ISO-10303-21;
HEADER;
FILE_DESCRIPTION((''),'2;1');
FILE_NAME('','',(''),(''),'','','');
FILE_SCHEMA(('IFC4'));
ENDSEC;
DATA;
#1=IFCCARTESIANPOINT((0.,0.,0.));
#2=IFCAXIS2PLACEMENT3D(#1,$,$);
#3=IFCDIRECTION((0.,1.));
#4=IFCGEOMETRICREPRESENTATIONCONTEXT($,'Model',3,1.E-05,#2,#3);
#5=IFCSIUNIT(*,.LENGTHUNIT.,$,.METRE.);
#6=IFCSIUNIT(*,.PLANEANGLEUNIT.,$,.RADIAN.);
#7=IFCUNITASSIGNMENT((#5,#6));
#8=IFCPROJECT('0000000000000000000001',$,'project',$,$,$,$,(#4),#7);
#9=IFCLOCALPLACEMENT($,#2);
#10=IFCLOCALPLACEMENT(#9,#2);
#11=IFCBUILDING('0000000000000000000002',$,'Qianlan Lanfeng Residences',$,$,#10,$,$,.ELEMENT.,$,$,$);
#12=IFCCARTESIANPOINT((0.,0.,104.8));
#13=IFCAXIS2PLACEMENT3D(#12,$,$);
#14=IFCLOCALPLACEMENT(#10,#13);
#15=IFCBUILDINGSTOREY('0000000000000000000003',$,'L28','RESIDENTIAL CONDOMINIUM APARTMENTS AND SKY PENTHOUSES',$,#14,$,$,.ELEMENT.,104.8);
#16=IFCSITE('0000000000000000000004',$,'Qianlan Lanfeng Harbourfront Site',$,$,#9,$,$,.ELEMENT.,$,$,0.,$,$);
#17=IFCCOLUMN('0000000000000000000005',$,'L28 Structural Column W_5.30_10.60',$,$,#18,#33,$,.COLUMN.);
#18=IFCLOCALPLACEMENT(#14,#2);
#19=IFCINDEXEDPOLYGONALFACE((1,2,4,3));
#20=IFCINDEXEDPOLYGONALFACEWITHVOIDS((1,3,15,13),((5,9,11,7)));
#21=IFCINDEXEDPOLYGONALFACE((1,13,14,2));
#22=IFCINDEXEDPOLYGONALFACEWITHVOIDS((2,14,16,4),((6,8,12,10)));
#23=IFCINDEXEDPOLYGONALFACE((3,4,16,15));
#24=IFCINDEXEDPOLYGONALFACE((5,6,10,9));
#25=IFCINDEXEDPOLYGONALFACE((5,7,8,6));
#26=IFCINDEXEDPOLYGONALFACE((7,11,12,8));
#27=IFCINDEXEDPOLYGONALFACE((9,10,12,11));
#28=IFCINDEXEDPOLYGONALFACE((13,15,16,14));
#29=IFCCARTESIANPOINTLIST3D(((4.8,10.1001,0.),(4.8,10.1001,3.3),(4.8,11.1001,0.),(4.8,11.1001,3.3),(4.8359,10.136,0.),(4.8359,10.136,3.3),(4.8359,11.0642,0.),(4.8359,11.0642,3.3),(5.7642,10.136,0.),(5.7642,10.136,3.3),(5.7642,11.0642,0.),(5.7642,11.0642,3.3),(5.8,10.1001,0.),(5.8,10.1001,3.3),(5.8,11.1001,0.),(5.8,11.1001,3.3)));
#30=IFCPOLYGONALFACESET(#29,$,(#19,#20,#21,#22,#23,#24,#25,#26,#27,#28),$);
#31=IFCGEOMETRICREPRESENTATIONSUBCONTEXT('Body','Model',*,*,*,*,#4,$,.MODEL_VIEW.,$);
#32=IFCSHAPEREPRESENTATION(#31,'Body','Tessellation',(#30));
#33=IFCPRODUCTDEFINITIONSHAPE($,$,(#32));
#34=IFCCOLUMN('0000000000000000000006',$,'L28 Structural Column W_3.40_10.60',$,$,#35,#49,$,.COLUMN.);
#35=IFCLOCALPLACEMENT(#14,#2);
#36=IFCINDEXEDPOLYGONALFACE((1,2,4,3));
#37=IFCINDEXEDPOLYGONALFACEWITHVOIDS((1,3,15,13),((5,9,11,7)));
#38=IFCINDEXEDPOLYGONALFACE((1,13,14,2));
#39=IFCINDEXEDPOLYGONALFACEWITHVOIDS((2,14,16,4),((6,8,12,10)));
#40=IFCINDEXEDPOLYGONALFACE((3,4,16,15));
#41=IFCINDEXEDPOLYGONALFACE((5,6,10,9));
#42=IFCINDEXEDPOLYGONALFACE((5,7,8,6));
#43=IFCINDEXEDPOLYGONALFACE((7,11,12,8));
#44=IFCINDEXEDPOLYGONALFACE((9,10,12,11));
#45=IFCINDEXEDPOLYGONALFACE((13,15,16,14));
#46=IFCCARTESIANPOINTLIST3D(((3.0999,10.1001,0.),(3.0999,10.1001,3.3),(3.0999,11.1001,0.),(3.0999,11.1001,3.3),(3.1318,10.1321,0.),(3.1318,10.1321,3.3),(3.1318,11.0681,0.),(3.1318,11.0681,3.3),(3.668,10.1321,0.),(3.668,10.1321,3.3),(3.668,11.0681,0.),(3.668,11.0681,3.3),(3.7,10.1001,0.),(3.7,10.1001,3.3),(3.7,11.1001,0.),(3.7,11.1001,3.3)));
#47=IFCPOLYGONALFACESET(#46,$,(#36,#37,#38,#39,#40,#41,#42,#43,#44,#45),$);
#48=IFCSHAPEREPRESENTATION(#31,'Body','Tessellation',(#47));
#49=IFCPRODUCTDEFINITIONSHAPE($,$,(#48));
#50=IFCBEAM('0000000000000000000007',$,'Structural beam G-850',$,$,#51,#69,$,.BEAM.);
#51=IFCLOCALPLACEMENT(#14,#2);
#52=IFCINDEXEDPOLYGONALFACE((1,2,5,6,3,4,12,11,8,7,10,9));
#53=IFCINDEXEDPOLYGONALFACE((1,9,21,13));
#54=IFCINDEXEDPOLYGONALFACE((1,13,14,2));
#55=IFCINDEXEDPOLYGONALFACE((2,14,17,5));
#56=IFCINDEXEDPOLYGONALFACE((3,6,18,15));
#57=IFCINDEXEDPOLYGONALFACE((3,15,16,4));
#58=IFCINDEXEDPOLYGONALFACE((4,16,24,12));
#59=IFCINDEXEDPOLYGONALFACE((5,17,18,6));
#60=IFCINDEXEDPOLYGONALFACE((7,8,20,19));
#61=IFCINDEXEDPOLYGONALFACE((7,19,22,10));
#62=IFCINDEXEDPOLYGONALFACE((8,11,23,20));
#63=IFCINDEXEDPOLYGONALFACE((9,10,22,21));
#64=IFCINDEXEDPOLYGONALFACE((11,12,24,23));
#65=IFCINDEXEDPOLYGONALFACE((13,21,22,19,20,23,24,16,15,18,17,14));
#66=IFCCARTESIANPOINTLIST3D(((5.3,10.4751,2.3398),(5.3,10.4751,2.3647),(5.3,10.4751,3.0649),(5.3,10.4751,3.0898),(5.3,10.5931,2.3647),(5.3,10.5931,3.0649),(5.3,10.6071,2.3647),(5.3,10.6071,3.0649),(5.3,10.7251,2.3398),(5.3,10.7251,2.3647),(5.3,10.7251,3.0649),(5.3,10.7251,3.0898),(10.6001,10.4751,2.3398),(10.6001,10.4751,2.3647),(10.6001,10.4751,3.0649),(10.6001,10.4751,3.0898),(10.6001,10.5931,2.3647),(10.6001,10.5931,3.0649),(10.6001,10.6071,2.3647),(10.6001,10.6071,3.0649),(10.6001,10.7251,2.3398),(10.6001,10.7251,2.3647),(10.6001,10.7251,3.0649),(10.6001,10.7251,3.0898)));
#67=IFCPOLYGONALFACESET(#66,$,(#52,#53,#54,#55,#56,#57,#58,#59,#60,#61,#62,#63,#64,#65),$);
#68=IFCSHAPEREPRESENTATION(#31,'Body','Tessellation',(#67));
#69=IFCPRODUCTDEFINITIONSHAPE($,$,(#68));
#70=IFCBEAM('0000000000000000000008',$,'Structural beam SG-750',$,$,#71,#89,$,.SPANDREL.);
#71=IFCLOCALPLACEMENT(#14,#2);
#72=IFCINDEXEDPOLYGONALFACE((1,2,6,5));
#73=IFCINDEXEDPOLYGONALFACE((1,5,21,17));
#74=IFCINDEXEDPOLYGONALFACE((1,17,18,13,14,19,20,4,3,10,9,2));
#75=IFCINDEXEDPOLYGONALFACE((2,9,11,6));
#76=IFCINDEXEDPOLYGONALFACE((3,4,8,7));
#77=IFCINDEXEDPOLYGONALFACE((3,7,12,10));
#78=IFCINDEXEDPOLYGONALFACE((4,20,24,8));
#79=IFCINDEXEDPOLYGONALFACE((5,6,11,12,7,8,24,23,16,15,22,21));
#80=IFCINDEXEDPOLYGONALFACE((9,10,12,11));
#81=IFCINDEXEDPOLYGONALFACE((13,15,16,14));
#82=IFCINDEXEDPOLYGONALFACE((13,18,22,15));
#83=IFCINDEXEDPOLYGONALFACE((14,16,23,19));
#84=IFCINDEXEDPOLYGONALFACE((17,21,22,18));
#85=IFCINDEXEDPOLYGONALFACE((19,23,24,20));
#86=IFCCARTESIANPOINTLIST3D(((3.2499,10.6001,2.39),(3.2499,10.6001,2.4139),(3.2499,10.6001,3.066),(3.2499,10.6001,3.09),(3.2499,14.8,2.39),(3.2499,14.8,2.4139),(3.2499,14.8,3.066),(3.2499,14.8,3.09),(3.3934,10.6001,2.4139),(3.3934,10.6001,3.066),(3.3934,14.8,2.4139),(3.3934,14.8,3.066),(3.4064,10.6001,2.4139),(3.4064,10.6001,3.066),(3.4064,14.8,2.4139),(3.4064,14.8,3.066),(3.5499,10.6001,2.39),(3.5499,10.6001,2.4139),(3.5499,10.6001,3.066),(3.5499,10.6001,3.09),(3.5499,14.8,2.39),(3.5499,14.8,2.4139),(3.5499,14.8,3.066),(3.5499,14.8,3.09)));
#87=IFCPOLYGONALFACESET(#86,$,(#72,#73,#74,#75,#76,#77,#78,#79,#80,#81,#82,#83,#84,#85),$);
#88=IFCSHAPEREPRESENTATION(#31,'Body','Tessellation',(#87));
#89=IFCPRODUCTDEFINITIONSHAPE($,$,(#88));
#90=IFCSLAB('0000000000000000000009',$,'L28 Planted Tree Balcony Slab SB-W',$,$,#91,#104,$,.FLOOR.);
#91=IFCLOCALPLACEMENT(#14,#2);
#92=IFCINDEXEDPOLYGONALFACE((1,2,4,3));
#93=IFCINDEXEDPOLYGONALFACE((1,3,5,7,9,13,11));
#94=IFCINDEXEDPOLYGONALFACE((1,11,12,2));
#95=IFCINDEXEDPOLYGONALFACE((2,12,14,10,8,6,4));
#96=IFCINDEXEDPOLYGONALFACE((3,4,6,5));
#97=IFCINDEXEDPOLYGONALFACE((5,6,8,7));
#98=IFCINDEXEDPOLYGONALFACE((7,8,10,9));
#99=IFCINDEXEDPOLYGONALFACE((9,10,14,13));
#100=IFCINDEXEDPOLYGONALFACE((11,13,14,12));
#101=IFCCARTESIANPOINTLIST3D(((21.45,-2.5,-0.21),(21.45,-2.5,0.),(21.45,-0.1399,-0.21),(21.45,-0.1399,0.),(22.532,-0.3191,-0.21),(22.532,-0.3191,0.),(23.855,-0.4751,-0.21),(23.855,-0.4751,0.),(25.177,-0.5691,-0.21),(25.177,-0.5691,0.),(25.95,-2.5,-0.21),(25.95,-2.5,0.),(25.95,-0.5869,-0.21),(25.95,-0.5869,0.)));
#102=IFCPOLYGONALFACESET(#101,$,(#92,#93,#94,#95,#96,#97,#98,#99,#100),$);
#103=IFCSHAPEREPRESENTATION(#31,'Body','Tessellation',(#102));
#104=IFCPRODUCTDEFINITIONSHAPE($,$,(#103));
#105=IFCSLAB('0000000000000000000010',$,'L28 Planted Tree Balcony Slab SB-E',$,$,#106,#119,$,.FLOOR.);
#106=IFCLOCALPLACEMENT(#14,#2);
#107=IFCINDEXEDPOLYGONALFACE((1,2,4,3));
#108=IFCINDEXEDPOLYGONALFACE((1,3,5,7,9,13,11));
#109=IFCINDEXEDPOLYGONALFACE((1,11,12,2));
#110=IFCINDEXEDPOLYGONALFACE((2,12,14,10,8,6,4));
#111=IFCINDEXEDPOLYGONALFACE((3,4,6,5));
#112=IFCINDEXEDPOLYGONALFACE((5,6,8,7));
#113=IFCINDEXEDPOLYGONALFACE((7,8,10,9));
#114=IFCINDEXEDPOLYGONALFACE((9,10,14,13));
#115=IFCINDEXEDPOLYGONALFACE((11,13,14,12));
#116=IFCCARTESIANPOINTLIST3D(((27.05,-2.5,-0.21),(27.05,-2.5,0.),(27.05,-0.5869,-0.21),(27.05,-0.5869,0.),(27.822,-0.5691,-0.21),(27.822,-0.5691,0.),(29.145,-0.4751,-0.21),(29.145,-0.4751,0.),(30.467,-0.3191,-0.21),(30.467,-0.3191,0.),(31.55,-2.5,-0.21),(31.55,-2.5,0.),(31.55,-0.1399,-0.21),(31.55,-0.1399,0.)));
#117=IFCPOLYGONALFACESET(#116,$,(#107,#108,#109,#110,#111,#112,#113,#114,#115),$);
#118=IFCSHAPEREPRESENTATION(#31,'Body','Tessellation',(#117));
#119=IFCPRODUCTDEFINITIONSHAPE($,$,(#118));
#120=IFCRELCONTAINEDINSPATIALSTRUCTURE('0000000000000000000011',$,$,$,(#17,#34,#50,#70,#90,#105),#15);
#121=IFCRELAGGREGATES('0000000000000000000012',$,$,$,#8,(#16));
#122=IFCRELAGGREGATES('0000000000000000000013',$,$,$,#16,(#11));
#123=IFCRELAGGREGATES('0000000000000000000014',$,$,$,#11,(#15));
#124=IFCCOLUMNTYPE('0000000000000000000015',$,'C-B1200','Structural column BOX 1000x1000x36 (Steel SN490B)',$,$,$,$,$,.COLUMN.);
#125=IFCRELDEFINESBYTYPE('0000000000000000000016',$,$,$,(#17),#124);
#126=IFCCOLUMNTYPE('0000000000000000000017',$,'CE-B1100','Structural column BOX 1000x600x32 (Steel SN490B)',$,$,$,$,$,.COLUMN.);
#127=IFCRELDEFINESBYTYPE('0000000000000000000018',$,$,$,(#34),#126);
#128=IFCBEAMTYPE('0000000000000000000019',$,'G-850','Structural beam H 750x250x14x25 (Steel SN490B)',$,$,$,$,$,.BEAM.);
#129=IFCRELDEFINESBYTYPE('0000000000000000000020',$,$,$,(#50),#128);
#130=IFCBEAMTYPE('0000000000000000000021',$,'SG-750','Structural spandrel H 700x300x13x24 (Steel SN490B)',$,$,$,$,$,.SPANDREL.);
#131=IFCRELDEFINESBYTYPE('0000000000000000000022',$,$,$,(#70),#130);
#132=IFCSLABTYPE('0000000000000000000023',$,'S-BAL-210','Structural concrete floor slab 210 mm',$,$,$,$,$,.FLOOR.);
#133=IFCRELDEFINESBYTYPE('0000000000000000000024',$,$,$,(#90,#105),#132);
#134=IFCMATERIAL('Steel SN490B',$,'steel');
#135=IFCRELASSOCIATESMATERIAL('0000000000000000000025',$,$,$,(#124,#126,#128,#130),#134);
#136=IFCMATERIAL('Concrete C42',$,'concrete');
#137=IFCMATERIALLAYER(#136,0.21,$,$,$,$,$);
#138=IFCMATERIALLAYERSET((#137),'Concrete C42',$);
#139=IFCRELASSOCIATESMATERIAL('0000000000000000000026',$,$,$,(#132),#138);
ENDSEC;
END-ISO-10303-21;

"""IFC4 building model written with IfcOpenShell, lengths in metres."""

from ifc_helpers import new_model, si_unit, direction, frame, origin, origin_2d, place, context, subcontext, project, spatial, polyline, hollow_rectangle, i_section, outline, extrude, material, layer, layer_set, material_profile, profile_set, type_object, element, save


model = new_model("IFC4")

# Units and contexts
model_context = context("Model", 3, precision=1e-05, world=origin(), true_north=direction((0.0, 1.0)))
body_context = subcontext(model_context, "Body", "Model", "MODEL_VIEW")
ifc_project = project(units=[si_unit("LENGTHUNIT", "METRE"), si_unit("PLANEANGLEUNIT", "RADIAN")], contexts=[model_context])

# Site, building, storey
site_placement = place(None, origin())
site = spatial("IfcSite", under=ifc_project, at=site_placement, Name="Qianlan Lanfeng Harbourfront Site", CompositionType="ELEMENT", RefElevation=0.0)
building_placement = place(site_placement, origin())
building = spatial("IfcBuilding", under=site, at=building_placement, Name="Qianlan Lanfeng Residences", CompositionType="ELEMENT")
storey_placement = place(building_placement, frame((0.0, 0.0, 104.8)))
storey = spatial("IfcBuildingStorey", under=building, at=storey_placement, Name="L28", Description="RESIDENTIAL CONDOMINIUM APARTMENTS AND SKY PENTHOUSES", CompositionType="ELEMENT", Elevation=104.8)

# Columns
ifc_material_1 = material(Name="Steel SN490B", Category="steel")
ifc_material_profile_1 = material_profile(ifc_material_1, hollow_rectangle(XDim=1.0, YDim=1.0, WallThickness=0.0359, at=origin_2d()), Name="BOX 1000x1000x36")
ifc_profile_set_1 = profile_set([ifc_material_profile_1], Name="Steel SN490B")
column_type_1 = type_object("IfcColumnType", Name="C-B1200", Description="Structural column BOX 1000x1000x36 (Steel SN490B)", PredefinedType="COLUMN", material=ifc_profile_set_1)
column_1_placement = place(storey_placement, frame((5.3, 10.6001, 0.0), z_axis=(0.0, 0.0, 1.0), x_axis=(1.0, 0.0, 0.0)))
element("IfcColumn", 1, at=column_1_placement, inside=storey, type_object=column_type_1, Name="L28 Structural Column W_5.30_10.60", PredefinedType="COLUMN", context=body_context, shape_type="SweptSolid", body=[
    extrude(hollow_rectangle(XDim=1.0, YDim=1.0, WallThickness=0.0359, at=origin_2d()), origin(), (0.0, 0.0, 1.0), 3.3),
])
ifc_material_profile_2 = material_profile(ifc_material_1, hollow_rectangle(XDim=0.6001, YDim=1.0, WallThickness=0.032, at=origin_2d()), Name="BOX 1000x600x32")
ifc_profile_set_2 = profile_set([ifc_material_profile_2], Name="Steel SN490B")
column_type_2 = type_object("IfcColumnType", Name="CE-B1100", Description="Structural column BOX 1000x600x32 (Steel SN490B)", PredefinedType="COLUMN", material=ifc_profile_set_2)
column_2_placement = place(storey_placement, frame((3.3999, 10.6001, 0.0), z_axis=(0.0, 0.0, 1.0), x_axis=(1.0, 0.0, 0.0)))
element("IfcColumn", 2, at=column_2_placement, inside=storey, type_object=column_type_2, Name="L28 Structural Column W_3.40_10.60", PredefinedType="COLUMN", context=body_context, shape_type="SweptSolid", body=[
    extrude(hollow_rectangle(XDim=0.6001, YDim=1.0, WallThickness=0.032, at=origin_2d()), origin(), (0.0, 0.0, 1.0), 3.3),
])

# Beams
ifc_material_profile_3 = material_profile(ifc_material_1, i_section(OverallWidth=0.25, OverallDepth=0.75, WebThickness=0.0139, FlangeThickness=0.0249, at=origin_2d()), Name="H 750x250x14x25")
ifc_profile_set_3 = profile_set([ifc_material_profile_3], Name="Steel SN490B")
beam_type_1 = type_object("IfcBeamType", Name="G-850", Description="Structural beam H 750x250x14x25 (Steel SN490B)", PredefinedType="BEAM", material=ifc_profile_set_3)
beam_1_placement = place(storey_placement, frame((5.3, 10.6001, 2.7148), z_axis=(1.0, 0.0, 0.0), x_axis=(0.0, 1.0, 0.0)))
element("IfcBeam", 3, at=beam_1_placement, inside=storey, type_object=beam_type_1, Name="Structural beam G-850", PredefinedType="BEAM", context=body_context, shape_type="SweptSolid", body=[
    extrude(i_section(OverallWidth=0.25, OverallDepth=0.75, WebThickness=0.0139, FlangeThickness=0.0249, at=origin_2d()), origin(), (0.0, 0.0, 1.0), 5.3),
])
ifc_material_profile_4 = material_profile(ifc_material_1, i_section(OverallWidth=0.3, OverallDepth=0.7, WebThickness=0.0129, FlangeThickness=0.0239, at=origin_2d()), Name="H 700x300x13x24")
ifc_profile_set_4 = profile_set([ifc_material_profile_4], Name="Steel SN490B")
beam_type_2 = type_object("IfcBeamType", Name="SG-750", Description="Structural spandrel H 700x300x13x24 (Steel SN490B)", PredefinedType="SPANDREL", material=ifc_profile_set_4)
beam_2_placement = place(storey_placement, frame((3.3999, 10.6001, 2.74), z_axis=(0.0, 1.0, 0.0), x_axis=(-1.0, 0.0, 0.0)))
element("IfcBeam", 4, at=beam_2_placement, inside=storey, type_object=beam_type_2, Name="Structural beam SG-750", PredefinedType="SPANDREL", context=body_context, shape_type="SweptSolid", body=[
    extrude(i_section(OverallWidth=0.3, OverallDepth=0.7, WebThickness=0.0129, FlangeThickness=0.0239, at=origin_2d()), origin(), (0.0, 0.0, 1.0), 4.2),
])

# Slabs
ifc_material_2 = material(Name="Concrete C42", Category="concrete")
ifc_layer_1 = layer(ifc_material_2, 0.21)
ifc_layer_set_1 = layer_set([ifc_layer_1], Name="Concrete C42")
slab_type_1 = type_object("IfcSlabType", Name="S-BAL-210", Description="Structural concrete floor slab 210 mm", PredefinedType="FLOOR", material=ifc_layer_set_1)
slab_1_placement = place(storey_placement, frame((0.0, 0.0, -0.21)))
element("IfcSlab", 5, at=slab_1_placement, inside=storey, type_object=slab_type_1, Name="L28 Planted Tree Balcony Slab SB-W", PredefinedType="FLOOR", context=body_context, shape_type="SweptSolid", body=[
    extrude(outline(polyline([(25.95, -0.5869), (25.177, -0.5691), (23.855, -0.4751), (22.532, -0.3191), (21.45, -0.1399), (21.45, -2.5), (25.95, -2.5), (25.95, -0.5869)])), origin(), (0.0, 0.0, 1.0), 0.21),
])
slab_2_placement = place(storey_placement, frame((0.0, 0.0, -0.21)))
element("IfcSlab", 6, at=slab_2_placement, inside=storey, type_object=slab_type_1, Name="L28 Planted Tree Balcony Slab SB-E", PredefinedType="FLOOR", context=body_context, shape_type="SweptSolid", body=[
    extrude(outline(polyline([(31.55, -0.1399), (30.467, -0.3191), (29.145, -0.4751), (27.822, -0.5691), (27.05, -0.5869), (27.05, -2.5), (31.55, -2.5), (31.55, -0.1399)])), origin(), (0.0, 0.0, 1.0), 0.21),
])

save(model, "model.ifc")
